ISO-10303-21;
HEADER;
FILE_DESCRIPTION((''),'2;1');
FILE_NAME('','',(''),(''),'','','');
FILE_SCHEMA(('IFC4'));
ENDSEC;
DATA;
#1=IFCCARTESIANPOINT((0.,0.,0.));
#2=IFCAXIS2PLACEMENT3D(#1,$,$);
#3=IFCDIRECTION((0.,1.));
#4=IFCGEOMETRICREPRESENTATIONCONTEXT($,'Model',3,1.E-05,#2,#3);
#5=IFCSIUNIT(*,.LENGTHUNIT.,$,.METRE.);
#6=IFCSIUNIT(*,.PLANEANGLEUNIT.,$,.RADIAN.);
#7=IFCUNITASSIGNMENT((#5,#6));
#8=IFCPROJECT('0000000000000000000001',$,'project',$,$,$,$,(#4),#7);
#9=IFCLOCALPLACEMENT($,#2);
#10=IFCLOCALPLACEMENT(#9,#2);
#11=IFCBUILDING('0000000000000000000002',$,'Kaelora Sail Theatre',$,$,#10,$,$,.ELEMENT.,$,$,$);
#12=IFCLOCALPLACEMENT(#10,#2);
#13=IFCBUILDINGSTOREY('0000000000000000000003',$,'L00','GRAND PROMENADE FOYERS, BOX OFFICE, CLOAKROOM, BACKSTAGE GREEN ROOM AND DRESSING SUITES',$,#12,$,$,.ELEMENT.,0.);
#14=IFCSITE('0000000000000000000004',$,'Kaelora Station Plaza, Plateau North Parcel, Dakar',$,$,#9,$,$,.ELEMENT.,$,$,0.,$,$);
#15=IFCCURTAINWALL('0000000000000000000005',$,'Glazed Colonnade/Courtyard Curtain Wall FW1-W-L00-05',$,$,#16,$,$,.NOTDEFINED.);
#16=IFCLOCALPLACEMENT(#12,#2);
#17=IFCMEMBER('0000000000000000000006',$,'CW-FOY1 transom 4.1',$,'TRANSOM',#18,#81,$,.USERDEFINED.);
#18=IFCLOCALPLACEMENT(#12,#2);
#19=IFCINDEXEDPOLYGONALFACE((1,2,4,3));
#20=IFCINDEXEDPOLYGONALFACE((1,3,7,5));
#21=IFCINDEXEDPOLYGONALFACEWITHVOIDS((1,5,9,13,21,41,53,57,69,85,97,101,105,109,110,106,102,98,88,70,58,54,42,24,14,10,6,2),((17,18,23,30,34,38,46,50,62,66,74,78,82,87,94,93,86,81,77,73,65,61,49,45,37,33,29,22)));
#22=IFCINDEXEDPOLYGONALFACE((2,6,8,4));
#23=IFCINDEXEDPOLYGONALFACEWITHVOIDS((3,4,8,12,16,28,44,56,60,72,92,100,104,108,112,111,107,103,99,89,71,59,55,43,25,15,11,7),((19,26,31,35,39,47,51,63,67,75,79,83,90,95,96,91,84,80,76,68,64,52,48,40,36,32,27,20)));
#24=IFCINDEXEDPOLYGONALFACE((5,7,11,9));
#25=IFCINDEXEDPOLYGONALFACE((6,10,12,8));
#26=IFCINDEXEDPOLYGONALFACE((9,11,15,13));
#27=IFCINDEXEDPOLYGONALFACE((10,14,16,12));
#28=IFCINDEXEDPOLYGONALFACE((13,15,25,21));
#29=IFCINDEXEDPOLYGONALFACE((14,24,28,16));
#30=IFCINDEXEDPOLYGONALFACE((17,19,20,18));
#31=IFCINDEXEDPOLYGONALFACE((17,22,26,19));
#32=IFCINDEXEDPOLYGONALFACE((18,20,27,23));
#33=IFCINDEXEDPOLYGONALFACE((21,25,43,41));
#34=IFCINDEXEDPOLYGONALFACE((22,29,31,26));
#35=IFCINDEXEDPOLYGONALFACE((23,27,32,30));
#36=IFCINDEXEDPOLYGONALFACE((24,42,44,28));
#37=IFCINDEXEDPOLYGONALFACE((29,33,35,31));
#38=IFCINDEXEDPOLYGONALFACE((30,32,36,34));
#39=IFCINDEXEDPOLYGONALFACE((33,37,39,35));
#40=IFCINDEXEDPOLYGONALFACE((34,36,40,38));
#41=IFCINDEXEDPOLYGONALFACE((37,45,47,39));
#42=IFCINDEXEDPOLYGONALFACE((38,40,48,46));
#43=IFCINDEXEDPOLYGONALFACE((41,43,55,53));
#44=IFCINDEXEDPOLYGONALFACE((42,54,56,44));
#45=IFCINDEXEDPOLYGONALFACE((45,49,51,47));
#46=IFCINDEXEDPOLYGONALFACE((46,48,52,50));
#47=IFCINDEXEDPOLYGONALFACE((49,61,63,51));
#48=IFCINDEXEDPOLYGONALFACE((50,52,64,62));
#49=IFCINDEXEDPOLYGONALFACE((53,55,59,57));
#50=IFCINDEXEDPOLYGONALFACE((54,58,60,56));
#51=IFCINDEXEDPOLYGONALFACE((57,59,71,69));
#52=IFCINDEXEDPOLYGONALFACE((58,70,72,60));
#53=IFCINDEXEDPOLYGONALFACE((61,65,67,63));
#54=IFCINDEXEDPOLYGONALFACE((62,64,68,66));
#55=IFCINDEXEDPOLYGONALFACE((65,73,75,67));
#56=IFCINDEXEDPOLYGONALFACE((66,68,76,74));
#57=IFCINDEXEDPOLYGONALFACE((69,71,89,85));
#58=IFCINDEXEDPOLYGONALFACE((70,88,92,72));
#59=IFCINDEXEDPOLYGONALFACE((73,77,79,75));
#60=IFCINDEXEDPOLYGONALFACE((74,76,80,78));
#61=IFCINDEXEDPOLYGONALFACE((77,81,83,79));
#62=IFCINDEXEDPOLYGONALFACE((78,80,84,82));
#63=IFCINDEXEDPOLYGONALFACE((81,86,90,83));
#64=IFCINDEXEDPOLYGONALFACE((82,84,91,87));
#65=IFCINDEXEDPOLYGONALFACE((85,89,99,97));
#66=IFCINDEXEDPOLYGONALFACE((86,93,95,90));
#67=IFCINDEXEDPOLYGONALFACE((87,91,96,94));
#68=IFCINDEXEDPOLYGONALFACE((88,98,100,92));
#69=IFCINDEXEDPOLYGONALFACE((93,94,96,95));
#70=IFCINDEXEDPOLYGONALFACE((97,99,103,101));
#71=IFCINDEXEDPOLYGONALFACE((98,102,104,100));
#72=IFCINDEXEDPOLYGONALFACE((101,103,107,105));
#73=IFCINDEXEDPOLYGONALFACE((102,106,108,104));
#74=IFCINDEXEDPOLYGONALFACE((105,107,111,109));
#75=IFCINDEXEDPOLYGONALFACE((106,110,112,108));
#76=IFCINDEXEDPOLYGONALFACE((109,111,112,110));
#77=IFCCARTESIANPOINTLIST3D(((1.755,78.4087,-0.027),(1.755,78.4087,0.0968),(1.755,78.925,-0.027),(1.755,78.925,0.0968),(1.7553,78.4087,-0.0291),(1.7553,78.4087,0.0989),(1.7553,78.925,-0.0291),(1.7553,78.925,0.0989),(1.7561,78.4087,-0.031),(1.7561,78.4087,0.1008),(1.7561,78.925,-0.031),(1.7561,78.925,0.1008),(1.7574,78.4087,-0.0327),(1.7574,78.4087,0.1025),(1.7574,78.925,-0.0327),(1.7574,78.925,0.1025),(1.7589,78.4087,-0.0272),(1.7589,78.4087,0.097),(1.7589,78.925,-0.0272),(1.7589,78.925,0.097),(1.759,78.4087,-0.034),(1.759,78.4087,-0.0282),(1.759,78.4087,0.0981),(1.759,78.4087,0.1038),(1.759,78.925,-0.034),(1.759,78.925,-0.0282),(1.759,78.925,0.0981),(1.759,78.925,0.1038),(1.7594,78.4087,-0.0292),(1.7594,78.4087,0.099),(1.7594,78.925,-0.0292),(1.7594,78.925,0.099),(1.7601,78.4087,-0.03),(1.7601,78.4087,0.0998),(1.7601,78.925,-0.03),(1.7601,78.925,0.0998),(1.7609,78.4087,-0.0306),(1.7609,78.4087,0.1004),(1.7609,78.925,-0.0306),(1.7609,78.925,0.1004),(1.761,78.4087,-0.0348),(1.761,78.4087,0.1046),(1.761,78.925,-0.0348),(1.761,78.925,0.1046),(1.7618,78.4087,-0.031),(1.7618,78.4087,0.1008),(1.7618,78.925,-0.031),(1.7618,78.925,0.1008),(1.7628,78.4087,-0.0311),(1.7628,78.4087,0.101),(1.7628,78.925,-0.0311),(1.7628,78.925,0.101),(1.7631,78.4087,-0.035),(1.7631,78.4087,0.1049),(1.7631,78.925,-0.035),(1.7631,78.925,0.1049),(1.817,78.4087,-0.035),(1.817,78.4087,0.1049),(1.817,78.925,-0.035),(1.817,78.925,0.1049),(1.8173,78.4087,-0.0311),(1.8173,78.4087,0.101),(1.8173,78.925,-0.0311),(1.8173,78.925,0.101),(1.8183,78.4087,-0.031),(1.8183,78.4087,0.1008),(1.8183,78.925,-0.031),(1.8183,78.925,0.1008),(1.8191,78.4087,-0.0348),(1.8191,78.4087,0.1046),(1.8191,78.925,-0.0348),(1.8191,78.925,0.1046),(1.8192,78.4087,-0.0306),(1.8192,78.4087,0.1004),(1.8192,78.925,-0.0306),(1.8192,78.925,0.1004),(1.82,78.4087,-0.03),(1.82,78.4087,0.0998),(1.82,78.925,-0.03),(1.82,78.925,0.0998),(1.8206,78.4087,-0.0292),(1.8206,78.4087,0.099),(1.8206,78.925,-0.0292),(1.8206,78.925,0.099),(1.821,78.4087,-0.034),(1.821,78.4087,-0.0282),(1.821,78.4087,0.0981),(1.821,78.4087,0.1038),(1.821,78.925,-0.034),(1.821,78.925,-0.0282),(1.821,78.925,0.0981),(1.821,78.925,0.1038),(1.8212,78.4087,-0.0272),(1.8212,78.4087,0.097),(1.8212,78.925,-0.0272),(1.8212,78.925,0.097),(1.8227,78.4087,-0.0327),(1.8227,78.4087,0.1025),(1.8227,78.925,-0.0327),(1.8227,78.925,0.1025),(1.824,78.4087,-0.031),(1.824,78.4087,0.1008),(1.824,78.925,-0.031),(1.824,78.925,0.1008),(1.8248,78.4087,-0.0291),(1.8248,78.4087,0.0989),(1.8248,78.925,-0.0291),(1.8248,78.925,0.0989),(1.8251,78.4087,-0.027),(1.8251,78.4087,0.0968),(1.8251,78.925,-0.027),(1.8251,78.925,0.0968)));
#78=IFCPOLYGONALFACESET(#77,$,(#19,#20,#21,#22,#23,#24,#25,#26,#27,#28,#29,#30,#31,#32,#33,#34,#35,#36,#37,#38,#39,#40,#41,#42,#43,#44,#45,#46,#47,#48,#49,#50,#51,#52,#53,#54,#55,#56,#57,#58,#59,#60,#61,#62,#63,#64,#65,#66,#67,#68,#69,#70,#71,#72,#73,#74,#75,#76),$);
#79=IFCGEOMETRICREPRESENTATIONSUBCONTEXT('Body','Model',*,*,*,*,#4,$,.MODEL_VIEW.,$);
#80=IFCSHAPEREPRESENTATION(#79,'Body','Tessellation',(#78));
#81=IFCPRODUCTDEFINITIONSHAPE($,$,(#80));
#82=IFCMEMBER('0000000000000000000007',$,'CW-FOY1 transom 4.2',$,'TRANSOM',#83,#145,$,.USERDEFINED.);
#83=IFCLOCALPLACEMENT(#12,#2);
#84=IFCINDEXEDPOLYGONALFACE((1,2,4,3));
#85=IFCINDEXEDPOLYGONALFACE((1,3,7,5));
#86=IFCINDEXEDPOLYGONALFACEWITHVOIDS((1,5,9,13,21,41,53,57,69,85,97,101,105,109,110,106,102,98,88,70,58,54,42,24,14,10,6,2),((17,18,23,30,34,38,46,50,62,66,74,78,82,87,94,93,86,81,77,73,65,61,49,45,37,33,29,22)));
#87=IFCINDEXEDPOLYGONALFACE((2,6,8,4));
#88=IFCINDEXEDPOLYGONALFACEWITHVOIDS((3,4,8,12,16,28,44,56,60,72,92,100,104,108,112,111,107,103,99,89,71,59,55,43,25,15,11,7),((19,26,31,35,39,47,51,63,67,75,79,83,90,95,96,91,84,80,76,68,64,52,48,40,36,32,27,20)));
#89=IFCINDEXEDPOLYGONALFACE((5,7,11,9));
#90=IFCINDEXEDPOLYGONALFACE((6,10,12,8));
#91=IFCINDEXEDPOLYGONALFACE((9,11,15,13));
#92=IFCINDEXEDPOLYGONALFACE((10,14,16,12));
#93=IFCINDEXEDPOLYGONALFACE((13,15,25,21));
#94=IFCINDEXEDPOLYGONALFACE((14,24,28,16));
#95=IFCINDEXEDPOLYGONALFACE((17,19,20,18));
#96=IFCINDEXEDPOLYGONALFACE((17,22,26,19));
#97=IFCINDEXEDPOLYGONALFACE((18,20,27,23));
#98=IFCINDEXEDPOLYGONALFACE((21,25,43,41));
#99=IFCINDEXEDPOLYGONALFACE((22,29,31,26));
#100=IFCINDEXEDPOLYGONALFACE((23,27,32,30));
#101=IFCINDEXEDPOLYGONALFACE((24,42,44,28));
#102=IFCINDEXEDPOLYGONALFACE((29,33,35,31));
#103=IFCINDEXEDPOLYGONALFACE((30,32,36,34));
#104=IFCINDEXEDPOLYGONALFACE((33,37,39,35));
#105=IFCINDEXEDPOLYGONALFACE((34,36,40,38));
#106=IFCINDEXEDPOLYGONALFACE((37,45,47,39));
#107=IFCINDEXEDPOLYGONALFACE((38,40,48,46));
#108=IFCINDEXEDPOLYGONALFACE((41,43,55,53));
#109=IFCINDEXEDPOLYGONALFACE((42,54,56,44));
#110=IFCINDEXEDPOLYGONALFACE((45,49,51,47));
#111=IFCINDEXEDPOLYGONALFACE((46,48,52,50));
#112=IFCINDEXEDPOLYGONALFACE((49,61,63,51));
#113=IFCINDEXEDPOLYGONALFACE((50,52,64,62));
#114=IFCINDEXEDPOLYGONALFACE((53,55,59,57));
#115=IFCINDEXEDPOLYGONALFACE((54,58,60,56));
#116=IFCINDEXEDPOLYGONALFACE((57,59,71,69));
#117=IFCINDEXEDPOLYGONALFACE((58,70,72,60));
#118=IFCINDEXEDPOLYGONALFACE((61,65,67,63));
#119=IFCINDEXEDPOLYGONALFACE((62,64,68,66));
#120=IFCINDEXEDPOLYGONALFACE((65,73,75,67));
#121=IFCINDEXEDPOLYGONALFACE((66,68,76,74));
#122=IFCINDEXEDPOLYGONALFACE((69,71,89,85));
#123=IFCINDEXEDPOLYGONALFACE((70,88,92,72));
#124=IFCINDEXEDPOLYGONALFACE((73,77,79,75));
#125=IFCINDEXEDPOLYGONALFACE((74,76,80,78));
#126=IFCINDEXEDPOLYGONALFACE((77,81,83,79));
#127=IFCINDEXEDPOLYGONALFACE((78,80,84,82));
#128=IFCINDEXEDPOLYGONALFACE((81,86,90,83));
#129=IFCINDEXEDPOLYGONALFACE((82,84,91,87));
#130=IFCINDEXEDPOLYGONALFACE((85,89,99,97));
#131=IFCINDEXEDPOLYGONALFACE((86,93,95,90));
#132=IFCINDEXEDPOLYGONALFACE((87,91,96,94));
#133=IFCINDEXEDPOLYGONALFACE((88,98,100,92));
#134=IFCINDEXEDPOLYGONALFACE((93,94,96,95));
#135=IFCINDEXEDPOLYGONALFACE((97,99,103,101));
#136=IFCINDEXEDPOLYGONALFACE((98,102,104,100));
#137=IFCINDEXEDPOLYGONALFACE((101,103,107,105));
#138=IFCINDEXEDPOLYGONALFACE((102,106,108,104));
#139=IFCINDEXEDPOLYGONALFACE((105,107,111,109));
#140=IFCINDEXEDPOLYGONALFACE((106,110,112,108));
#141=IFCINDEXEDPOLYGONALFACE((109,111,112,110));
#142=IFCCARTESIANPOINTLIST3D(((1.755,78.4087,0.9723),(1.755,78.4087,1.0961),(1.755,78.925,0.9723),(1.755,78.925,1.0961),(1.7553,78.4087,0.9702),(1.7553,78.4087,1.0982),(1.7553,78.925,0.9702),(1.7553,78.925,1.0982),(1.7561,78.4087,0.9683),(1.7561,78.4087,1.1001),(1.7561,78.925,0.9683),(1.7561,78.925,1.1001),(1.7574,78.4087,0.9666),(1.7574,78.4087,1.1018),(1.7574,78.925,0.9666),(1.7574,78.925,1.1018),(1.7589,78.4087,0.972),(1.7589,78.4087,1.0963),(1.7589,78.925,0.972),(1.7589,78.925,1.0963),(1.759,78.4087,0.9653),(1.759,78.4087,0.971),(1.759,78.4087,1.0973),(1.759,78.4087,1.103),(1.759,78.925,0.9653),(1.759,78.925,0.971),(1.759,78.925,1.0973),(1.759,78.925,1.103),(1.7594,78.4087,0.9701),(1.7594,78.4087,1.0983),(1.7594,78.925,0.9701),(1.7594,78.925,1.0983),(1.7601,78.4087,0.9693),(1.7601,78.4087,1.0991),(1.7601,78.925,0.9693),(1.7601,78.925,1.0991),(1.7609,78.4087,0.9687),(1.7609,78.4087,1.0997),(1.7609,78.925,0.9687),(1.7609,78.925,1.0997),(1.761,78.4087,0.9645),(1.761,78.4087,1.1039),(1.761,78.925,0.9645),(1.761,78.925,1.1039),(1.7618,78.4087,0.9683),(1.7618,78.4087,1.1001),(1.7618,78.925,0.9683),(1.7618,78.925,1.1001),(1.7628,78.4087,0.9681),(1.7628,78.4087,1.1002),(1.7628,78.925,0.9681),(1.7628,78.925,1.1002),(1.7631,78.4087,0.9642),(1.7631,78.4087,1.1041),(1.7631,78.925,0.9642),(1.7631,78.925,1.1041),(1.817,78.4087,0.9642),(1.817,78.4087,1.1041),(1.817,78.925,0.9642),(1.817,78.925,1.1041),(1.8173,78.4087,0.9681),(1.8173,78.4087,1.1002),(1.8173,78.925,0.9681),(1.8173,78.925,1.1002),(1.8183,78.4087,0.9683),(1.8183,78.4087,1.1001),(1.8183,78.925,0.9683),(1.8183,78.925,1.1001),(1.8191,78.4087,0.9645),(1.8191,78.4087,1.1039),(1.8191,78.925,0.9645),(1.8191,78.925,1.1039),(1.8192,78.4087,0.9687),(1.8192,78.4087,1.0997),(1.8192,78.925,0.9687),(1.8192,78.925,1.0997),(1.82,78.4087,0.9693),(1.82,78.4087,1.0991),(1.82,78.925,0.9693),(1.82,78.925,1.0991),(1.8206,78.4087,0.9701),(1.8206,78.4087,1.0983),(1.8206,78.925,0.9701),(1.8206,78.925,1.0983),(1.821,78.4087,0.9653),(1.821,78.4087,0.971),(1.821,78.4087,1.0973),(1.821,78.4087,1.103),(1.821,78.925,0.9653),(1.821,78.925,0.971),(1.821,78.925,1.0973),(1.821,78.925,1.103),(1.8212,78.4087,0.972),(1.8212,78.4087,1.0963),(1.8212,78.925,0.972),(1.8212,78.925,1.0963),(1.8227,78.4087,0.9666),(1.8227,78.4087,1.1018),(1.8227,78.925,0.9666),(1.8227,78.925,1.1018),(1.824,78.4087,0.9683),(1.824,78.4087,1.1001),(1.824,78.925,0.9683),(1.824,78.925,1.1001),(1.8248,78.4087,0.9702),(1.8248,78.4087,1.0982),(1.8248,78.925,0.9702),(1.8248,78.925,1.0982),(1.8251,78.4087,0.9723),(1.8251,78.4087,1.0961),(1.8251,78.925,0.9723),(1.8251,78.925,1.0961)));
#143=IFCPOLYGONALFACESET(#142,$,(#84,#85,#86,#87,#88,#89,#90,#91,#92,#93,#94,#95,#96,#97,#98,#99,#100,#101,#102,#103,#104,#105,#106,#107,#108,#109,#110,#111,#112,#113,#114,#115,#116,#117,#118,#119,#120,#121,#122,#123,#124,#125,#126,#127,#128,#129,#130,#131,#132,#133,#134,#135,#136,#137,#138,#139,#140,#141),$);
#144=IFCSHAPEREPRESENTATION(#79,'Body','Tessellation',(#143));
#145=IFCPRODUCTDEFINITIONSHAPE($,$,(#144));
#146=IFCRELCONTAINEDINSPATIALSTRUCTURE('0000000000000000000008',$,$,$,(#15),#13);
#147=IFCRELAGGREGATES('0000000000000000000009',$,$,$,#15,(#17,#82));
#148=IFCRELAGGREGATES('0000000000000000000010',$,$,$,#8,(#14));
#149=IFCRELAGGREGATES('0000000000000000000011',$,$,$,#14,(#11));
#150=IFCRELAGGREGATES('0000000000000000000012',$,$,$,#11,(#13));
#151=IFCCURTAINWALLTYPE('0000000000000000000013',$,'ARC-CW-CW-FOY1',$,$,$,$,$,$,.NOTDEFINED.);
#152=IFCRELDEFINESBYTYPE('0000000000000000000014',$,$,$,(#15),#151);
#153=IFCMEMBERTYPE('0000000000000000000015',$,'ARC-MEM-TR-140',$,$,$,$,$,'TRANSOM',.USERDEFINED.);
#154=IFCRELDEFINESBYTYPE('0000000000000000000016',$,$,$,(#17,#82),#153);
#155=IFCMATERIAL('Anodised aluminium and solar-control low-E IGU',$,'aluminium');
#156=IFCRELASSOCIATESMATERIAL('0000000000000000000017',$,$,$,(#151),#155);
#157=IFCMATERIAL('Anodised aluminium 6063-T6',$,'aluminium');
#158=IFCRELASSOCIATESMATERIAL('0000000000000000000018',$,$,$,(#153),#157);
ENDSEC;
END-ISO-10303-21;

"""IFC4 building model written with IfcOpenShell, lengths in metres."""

from ifc_helpers import new_model, si_unit, direction, frame, origin, origin_2d, place, context, subcontext, project, spatial, hollow_rectangle, extrude, material, material_profile, profile_set, type_object, element, aggregate, save


model = new_model("IFC4")

# Units and contexts
model_context = context("Model", 3, precision=1e-05, world=origin(), true_north=direction((0.0, 1.0)))
body_context = subcontext(model_context, "Body", "Model", "MODEL_VIEW")
ifc_project = project(units=[si_unit("LENGTHUNIT", "METRE"), si_unit("PLANEANGLEUNIT", "RADIAN")], contexts=[model_context])

# Site, building, storey
site_placement = place(None, origin())
site = spatial("IfcSite", under=ifc_project, at=site_placement, Name="Kaelora Station Plaza, Plateau North Parcel, Dakar", CompositionType="ELEMENT", RefElevation=0.0)
building_placement = place(site_placement, origin())
building = spatial("IfcBuilding", under=site, at=building_placement, Name="Kaelora Sail Theatre", CompositionType="ELEMENT")
storey_placement = place(building_placement, origin())
storey = spatial("IfcBuildingStorey", under=building, at=storey_placement, Name="L00", Description="GRAND PROMENADE FOYERS, BOX OFFICE, CLOAKROOM, BACKSTAGE GREEN ROOM AND DRESSING SUITES", CompositionType="ELEMENT", Elevation=0.0)

# Curtain wall
ifc_material_1 = material(Name="Anodised aluminium and solar-control low-E IGU", Category="aluminium")
curtain_wall_type = type_object("IfcCurtainWallType", Name="ARC-CW-CW-FOY1", PredefinedType="NOTDEFINED", material=ifc_material_1)
curtain_wall_1_placement = place(storey_placement, origin())
curtain_wall_1 = element("IfcCurtainWall", 1, at=curtain_wall_1_placement, inside=storey, type_object=curtain_wall_type, Name="Glazed Colonnade/Courtyard Curtain Wall FW1-W-L00-05", PredefinedType="NOTDEFINED")

# Members
ifc_material_2 = material(Name="Anodised aluminium 6063-T6", Category="aluminium")
ifc_material_profile_1 = material_profile(ifc_material_2, hollow_rectangle(XDim=0.0701, YDim=0.1399, WallThickness=0.0039, InnerFilletRadius=0.0039, OuterFilletRadius=0.0081, at=origin_2d()), Name="ALU-TRAN 70x140x4")
ifc_profile_set_1 = profile_set([ifc_material_profile_1], Name="Anodised aluminium 6063-T6")
member_type_1 = type_object("IfcMemberType", Name="ARC-MEM-TR-140", ElementType="TRANSOM", PredefinedType="USERDEFINED", material=ifc_profile_set_1)
member_1_placement = place(storey_placement, frame((1.79, 78.4087, 0.0349), z_axis=(0.0, 1.0, 0.0), x_axis=(-1.0, 0.0, 0.0)))
member_1 = element("IfcMember", 2, at=member_1_placement, type_object=member_type_1, Name="CW-FOY1 transom 4.1", ObjectType="TRANSOM", PredefinedType="USERDEFINED", context=body_context, shape_type="SweptSolid", body=[
    extrude(hollow_rectangle(XDim=0.0701, YDim=0.1399, WallThickness=0.0039, InnerFilletRadius=0.0039, OuterFilletRadius=0.0081, at=origin_2d()), origin(), (0.0, 0.0, 1.0), 0.5164),
])
member_2_placement = place(storey_placement, frame((1.79, 78.4087, 1.0342), z_axis=(0.0, 1.0, 0.0), x_axis=(-1.0, 0.0, 0.0)))
member_2 = element("IfcMember", 3, at=member_2_placement, type_object=member_type_1, Name="CW-FOY1 transom 4.2", ObjectType="TRANSOM", PredefinedType="USERDEFINED", context=body_context, shape_type="SweptSolid", body=[
    extrude(hollow_rectangle(XDim=0.0701, YDim=0.1399, WallThickness=0.0039, InnerFilletRadius=0.0039, OuterFilletRadius=0.0081, at=origin_2d()), origin(), (0.0, 0.0, 1.0), 0.5164),
])

aggregate(curtain_wall_1, [member_1, member_2])

save(model, "model.ifc")
